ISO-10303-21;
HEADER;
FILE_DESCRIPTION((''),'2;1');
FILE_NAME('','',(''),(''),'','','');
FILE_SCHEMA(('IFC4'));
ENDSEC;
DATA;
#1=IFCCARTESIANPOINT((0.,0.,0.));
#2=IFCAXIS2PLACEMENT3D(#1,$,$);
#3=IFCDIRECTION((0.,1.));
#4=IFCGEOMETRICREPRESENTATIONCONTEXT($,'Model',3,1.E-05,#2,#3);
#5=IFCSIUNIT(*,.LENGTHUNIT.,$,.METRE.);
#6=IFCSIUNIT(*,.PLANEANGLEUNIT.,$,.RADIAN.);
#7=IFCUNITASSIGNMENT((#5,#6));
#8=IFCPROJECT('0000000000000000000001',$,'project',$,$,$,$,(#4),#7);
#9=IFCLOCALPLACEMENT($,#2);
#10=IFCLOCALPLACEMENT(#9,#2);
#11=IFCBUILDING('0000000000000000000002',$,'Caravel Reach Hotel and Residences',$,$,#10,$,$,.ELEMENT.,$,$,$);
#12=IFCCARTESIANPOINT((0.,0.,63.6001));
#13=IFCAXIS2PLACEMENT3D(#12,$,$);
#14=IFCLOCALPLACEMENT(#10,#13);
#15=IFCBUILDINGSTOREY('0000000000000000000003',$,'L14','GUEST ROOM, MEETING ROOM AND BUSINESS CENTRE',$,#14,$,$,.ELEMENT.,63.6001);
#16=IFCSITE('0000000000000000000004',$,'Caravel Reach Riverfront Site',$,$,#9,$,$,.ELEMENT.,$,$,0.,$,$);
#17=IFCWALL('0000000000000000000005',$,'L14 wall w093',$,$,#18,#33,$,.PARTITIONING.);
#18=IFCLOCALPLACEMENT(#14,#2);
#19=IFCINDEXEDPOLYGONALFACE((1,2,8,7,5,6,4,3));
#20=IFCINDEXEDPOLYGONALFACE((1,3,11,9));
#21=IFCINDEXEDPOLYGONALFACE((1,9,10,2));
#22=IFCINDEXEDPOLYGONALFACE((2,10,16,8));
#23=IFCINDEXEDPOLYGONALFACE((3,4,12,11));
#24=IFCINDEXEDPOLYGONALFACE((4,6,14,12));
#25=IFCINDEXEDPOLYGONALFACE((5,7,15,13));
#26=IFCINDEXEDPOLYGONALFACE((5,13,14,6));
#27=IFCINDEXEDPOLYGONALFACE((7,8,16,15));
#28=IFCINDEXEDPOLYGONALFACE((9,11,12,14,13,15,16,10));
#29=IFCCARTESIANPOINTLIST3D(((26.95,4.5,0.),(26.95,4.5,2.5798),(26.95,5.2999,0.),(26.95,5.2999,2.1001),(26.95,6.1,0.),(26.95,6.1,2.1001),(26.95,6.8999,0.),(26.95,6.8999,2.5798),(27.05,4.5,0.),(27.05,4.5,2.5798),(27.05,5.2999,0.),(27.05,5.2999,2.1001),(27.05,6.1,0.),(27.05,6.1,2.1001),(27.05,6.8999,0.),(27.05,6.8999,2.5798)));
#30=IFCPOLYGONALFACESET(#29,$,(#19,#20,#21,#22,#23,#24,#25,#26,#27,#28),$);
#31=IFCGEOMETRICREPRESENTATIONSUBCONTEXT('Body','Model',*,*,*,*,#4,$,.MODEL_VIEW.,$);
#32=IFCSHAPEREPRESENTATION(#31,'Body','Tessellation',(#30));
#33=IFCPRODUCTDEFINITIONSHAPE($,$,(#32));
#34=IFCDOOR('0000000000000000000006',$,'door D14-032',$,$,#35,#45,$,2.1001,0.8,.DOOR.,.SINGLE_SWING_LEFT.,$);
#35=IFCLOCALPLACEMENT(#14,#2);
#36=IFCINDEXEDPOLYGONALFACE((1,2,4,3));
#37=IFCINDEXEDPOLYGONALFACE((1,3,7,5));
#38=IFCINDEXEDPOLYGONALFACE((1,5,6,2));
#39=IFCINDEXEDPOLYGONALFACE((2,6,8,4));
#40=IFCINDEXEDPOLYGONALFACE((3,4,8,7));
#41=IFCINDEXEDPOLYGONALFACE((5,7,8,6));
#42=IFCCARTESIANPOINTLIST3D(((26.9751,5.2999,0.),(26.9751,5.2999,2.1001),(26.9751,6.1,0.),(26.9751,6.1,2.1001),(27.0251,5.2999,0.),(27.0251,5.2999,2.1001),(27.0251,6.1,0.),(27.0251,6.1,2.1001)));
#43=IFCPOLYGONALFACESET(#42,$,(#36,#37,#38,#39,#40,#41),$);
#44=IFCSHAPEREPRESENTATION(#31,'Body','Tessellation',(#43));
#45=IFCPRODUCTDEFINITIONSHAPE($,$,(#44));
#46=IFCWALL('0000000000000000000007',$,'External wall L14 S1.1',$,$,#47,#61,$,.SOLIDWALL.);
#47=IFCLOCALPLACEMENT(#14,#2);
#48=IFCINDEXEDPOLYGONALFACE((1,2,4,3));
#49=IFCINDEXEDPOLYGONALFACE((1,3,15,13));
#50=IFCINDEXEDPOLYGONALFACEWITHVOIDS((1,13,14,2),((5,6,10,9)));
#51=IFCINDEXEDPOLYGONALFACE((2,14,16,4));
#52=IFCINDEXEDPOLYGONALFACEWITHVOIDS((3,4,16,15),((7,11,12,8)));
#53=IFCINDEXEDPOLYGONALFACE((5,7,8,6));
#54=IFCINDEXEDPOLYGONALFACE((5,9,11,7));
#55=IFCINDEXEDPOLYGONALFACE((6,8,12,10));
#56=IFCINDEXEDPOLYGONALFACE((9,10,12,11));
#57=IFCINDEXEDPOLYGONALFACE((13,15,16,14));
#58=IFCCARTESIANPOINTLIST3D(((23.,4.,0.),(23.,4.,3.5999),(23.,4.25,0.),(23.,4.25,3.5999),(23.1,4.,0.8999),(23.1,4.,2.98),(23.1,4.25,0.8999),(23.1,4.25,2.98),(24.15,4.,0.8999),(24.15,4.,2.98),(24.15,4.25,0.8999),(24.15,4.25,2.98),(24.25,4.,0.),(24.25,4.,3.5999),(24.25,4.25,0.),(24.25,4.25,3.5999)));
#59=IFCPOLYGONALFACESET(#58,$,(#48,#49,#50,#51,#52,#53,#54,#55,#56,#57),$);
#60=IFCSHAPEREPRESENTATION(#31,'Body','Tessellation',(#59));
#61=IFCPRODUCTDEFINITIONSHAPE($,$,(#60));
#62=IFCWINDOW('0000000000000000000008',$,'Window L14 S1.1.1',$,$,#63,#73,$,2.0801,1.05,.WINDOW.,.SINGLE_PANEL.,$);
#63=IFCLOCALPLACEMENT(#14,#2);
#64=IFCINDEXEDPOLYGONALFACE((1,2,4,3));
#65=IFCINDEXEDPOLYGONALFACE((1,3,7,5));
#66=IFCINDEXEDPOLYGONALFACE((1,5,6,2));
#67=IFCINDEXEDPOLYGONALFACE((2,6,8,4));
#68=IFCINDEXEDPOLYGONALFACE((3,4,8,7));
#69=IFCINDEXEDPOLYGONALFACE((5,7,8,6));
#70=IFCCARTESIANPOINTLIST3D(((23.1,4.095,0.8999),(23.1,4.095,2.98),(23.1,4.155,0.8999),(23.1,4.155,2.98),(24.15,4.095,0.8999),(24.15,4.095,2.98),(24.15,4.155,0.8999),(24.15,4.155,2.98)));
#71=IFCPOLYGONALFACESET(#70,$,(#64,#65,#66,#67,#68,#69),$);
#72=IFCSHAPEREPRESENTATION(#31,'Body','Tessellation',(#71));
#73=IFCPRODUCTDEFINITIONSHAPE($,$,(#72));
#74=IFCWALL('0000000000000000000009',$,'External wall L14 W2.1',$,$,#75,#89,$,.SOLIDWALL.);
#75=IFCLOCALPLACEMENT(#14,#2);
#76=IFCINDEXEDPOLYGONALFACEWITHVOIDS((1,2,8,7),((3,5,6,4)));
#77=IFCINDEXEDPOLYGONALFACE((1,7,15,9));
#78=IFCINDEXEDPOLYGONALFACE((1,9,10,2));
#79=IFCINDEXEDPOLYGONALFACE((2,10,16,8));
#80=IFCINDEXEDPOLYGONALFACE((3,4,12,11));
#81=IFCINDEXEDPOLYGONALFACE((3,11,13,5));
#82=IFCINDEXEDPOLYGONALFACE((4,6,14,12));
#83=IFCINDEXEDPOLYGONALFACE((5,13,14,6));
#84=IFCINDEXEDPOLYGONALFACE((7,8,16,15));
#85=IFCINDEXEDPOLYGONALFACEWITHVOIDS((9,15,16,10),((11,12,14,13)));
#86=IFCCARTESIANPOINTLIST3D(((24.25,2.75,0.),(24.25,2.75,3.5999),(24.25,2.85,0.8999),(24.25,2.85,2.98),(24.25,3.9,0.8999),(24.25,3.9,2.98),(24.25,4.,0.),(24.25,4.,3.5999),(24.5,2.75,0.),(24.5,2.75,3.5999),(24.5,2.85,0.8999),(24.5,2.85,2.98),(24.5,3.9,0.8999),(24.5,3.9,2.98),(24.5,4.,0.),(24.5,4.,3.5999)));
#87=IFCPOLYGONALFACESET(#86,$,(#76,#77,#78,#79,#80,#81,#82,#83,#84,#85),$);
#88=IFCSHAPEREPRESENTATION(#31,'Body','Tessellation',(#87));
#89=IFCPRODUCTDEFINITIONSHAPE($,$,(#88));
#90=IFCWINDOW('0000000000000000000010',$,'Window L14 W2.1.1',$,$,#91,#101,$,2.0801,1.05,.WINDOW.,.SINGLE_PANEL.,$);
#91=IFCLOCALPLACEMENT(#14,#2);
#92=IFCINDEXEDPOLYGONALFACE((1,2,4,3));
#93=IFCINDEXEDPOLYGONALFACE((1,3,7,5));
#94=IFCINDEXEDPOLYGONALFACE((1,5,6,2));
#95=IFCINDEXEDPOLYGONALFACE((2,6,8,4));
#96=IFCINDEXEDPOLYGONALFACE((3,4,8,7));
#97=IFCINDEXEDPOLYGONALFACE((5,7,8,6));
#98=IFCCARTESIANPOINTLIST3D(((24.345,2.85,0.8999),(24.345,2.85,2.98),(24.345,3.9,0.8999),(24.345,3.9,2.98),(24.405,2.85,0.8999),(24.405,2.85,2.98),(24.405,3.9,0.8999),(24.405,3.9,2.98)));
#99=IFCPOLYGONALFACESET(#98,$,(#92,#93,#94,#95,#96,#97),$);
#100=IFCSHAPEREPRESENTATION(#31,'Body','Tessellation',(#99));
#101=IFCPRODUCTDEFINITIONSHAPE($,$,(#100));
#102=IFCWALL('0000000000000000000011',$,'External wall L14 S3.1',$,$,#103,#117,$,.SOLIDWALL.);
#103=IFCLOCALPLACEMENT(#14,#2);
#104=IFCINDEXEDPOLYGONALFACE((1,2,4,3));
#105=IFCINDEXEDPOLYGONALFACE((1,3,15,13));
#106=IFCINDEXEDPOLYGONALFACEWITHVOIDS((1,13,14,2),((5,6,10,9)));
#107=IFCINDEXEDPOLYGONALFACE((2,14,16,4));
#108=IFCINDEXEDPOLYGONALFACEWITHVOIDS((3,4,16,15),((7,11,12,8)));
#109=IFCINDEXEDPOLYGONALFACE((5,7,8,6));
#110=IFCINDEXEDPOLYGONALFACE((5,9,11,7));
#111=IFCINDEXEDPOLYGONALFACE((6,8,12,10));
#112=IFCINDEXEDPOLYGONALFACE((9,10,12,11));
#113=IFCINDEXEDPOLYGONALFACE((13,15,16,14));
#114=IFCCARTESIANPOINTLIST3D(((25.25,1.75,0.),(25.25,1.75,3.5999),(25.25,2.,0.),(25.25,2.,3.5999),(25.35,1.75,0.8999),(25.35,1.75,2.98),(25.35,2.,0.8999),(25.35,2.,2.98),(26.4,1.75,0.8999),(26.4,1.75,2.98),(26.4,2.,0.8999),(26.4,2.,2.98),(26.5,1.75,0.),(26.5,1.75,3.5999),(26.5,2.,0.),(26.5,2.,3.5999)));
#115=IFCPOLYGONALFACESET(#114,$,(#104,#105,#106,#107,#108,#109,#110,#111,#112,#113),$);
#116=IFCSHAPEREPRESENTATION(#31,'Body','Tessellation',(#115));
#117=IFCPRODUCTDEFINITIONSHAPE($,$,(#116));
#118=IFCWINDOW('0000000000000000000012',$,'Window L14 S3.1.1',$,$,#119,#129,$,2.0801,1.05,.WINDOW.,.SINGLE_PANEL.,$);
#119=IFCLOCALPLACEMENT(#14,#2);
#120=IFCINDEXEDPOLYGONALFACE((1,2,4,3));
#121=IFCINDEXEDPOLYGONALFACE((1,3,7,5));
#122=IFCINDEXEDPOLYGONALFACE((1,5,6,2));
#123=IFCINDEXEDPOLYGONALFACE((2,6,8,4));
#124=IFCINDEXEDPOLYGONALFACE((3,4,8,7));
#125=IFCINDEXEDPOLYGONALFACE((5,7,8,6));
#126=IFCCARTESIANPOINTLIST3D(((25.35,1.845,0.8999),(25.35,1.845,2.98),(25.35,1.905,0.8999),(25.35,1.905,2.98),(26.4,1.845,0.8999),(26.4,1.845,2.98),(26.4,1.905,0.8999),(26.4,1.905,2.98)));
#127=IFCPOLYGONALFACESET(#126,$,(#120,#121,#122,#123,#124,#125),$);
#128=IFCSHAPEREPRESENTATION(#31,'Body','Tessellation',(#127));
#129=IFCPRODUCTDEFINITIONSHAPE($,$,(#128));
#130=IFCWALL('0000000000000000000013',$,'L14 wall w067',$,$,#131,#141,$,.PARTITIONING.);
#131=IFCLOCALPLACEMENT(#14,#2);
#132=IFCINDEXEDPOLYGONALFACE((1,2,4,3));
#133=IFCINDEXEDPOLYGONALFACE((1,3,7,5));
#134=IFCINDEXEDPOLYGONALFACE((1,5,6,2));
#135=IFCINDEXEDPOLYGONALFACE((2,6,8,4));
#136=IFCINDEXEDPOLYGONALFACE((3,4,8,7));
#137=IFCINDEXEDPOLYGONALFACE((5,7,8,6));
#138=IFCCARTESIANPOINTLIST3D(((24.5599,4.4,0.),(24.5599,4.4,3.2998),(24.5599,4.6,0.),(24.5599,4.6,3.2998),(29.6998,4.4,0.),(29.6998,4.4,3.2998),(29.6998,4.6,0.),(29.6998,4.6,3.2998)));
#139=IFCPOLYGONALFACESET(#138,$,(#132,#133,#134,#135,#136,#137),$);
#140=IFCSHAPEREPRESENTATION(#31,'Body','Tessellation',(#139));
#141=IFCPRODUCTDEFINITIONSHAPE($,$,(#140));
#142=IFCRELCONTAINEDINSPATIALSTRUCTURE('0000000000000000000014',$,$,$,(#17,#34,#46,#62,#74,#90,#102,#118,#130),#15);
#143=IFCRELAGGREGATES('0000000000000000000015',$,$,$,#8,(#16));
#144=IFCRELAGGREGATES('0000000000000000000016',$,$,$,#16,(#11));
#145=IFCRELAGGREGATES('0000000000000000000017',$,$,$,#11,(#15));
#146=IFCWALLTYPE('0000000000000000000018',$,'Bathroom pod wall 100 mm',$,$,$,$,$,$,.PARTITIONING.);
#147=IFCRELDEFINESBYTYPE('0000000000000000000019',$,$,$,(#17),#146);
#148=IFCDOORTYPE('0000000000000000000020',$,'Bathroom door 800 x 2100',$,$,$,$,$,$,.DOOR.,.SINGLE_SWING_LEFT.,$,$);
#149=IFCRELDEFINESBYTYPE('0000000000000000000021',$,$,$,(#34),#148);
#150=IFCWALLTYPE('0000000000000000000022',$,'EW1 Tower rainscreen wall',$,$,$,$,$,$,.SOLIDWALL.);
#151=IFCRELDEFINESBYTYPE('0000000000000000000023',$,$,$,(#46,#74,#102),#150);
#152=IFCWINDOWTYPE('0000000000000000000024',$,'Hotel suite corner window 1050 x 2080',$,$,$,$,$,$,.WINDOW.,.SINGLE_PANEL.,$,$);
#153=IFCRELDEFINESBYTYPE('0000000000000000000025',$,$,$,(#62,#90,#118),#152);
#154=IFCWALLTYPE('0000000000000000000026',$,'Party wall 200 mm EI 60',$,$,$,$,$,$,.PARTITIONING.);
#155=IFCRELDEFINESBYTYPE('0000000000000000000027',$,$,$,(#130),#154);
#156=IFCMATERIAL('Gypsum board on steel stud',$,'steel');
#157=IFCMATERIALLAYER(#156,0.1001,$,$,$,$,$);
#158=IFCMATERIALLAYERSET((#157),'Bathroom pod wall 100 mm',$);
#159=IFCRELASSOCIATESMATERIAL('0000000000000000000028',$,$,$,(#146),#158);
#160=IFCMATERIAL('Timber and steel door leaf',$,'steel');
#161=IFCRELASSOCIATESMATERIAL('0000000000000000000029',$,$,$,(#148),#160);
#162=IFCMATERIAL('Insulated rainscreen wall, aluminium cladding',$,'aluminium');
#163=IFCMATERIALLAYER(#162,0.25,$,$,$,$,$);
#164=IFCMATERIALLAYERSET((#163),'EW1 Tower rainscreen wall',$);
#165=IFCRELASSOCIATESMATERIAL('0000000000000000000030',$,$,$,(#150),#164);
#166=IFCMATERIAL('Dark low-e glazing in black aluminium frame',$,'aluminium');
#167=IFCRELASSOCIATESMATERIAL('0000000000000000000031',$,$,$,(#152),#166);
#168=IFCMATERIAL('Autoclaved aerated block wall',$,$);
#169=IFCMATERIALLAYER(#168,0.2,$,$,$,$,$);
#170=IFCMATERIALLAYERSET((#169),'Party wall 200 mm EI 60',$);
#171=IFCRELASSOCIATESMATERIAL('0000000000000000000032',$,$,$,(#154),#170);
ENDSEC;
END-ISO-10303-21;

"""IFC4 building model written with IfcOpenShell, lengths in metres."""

from ifc_helpers import new_model, si_unit, direction, frame, frame_2d, origin, place, context, subcontext, project, spatial, rectangle, extrude, material, layer, layer_set, type_object, element, fill, save


model = new_model("IFC4")

# Units and contexts
model_context = context("Model", 3, precision=1e-05, world=origin(), true_north=direction((0.0, 1.0)))
body_context = subcontext(model_context, "Body", "Model", "MODEL_VIEW")
ifc_project = project(units=[si_unit("LENGTHUNIT", "METRE"), si_unit("PLANEANGLEUNIT", "RADIAN")], contexts=[model_context])

# Site, building, storey
site_placement = place(None, origin())
site = spatial("IfcSite", under=ifc_project, at=site_placement, Name="Caravel Reach Riverfront Site", CompositionType="ELEMENT", RefElevation=0.0)
building_placement = place(site_placement, origin())
building = spatial("IfcBuilding", under=site, at=building_placement, Name="Caravel Reach Hotel and Residences", CompositionType="ELEMENT")
storey_placement = place(building_placement, frame((0.0, 0.0, 63.6001)))
storey = spatial("IfcBuildingStorey", under=building, at=storey_placement, Name="L14", Description="GUEST ROOM, MEETING ROOM AND BUSINESS CENTRE", CompositionType="ELEMENT", Elevation=63.6001)

# Wall, opening, door
ifc_material_1 = material(Name="Gypsum board on steel stud", Category="steel")
ifc_layer_1 = layer(ifc_material_1, 0.1001)
ifc_layer_set_1 = layer_set([ifc_layer_1], Name="Bathroom pod wall 100 mm")
wall_type_1 = type_object("IfcWallType", Name="Bathroom pod wall 100 mm", PredefinedType="PARTITIONING", material=ifc_layer_set_1)
wall_1_placement = place(storey_placement, frame((27.0, 4.5, 0.0), z_axis=(0.0, 0.0, 1.0), x_axis=(0.0, 1.0, 0.0)))
wall_1 = element("IfcWall", 1, at=wall_1_placement, inside=storey, type_object=wall_type_1, Name="L14 wall w093", PredefinedType="PARTITIONING", context=body_context, shape_type="SweptSolid", body=[
    extrude(rectangle(XDim=2.3999, YDim=0.1001, at=frame_2d((1.2, 0.0))), origin(), (0.0, 0.0, 1.0), 2.5798),
])
opening_1_placement = place(wall_1_placement, frame((0.8, 0.0, 0.0)))
opening_1 = element("IfcOpeningElement", 2, at=opening_1_placement, cuts=wall_1, PredefinedType="OPENING", context=body_context, shape_type="SweptSolid", body=[
    extrude(rectangle(XDim=0.8, YDim=2.1001, at=frame_2d((0.3999, 1.05))), frame((0.0, 0.0601, 0.0), z_axis=(0.0, -1.0, 0.0), x_axis=(1.0, 0.0, 0.0)), (0.0, 0.0, 1.0), 0.1201),
])
ifc_material_2 = material(Name="Timber and steel door leaf", Category="steel")
door_type = type_object("IfcDoorType", Name="Bathroom door 800 x 2100", OperationType="SINGLE_SWING_LEFT", PredefinedType="DOOR", material=ifc_material_2)
door_placement = place(opening_1_placement, origin())
door = element("IfcDoor", 3, at=door_placement, inside=storey, type_object=door_type, Name="door D14-032", OperationType="SINGLE_SWING_LEFT", OverallHeight=2.1001, OverallWidth=0.8, PredefinedType="DOOR", context=body_context, shape_type="SweptSolid", body=[
    extrude(rectangle(XDim=0.8, YDim=2.1001, at=frame_2d((0.3999, 1.05))), frame((0.0, 0.0249, 0.0), z_axis=(0.0, -1.0, 0.0), x_axis=(1.0, 0.0, 0.0)), (0.0, 0.0, 1.0), 0.05),
])
fill(opening_1, door)

# Walls, openings, windows
ifc_material_3 = material(Name="Insulated rainscreen wall, aluminium cladding", Category="aluminium")
ifc_layer_2 = layer(ifc_material_3, 0.25)
ifc_layer_set_2 = layer_set([ifc_layer_2], Name="EW1 Tower rainscreen wall")
wall_type_2 = type_object("IfcWallType", Name="EW1 Tower rainscreen wall", PredefinedType="SOLIDWALL", material=ifc_layer_set_2)
wall_2_placement = place(storey_placement, frame((23.0, 4.125, 0.0), z_axis=(0.0, 0.0, 1.0), x_axis=(1.0, 0.0, 0.0)))
wall_2 = element("IfcWall", 4, at=wall_2_placement, inside=storey, type_object=wall_type_2, Name="External wall L14 S1.1", PredefinedType="SOLIDWALL", context=body_context, shape_type="SweptSolid", body=[
    extrude(rectangle(XDim=1.25, YDim=0.25, at=frame_2d((0.625, 0.0))), origin(), (0.0, 0.0, 1.0), 3.5999),
])
opening_2_placement = place(wall_2_placement, frame((0.1001, 0.0, 0.8999)))
opening_2 = element("IfcOpeningElement", 5, at=opening_2_placement, cuts=wall_2, PredefinedType="OPENING", context=body_context, shape_type="SweptSolid", body=[
    extrude(rectangle(XDim=1.05, YDim=2.0801, at=frame_2d((0.5249, 1.04))), frame((0.0, 0.135, 0.0), z_axis=(0.0, -1.0, 0.0), x_axis=(1.0, 0.0, 0.0)), (0.0, 0.0, 1.0), 0.27),
])
ifc_material_4 = material(Name="Dark low-e glazing in black aluminium frame", Category="aluminium")
window_type = type_object("IfcWindowType", Name="Hotel suite corner window 1050 x 2080", PartitioningType="SINGLE_PANEL", PredefinedType="WINDOW", material=ifc_material_4)
window_1_placement = place(opening_2_placement, origin())
window_1 = element("IfcWindow", 6, at=window_1_placement, inside=storey, type_object=window_type, Name="Window L14 S1.1.1", OverallHeight=2.0801, OverallWidth=1.05, PartitioningType="SINGLE_PANEL", PredefinedType="WINDOW", context=body_context, shape_type="SweptSolid", body=[
    extrude(rectangle(XDim=1.05, YDim=2.0801, at=frame_2d((0.5249, 1.04))), frame((0.0, 0.03, 0.0), z_axis=(0.0, -1.0, 0.0), x_axis=(1.0, 0.0, 0.0)), (0.0, 0.0, 1.0), 0.0601),
])
fill(opening_2, window_1)
wall_3_placement = place(storey_placement, frame((24.375, 4.0, 0.0), z_axis=(0.0, 0.0, 1.0), x_axis=(0.0, -1.0, 0.0)))
wall_3 = element("IfcWall", 7, at=wall_3_placement, inside=storey, type_object=wall_type_2, Name="External wall L14 W2.1", PredefinedType="SOLIDWALL", context=body_context, shape_type="SweptSolid", body=[
    extrude(rectangle(XDim=1.25, YDim=0.25, at=frame_2d((0.625, 0.0))), origin(), (0.0, 0.0, 1.0), 3.5999),
])
opening_3_placement = place(wall_3_placement, frame((0.1001, 0.0, 0.8999)))
opening_3 = element("IfcOpeningElement", 8, at=opening_3_placement, cuts=wall_3, PredefinedType="OPENING", context=body_context, shape_type="SweptSolid", body=[
    extrude(rectangle(XDim=1.05, YDim=2.0801, at=frame_2d((0.5249, 1.04))), frame((0.0, 0.135, 0.0), z_axis=(0.0, -1.0, 0.0), x_axis=(1.0, 0.0, 0.0)), (0.0, 0.0, 1.0), 0.27),
])
window_2_placement = place(opening_3_placement, origin())
window_2 = element("IfcWindow", 9, at=window_2_placement, inside=storey, type_object=window_type, Name="Window L14 W2.1.1", OverallHeight=2.0801, OverallWidth=1.05, PartitioningType="SINGLE_PANEL", PredefinedType="WINDOW", context=body_context, shape_type="SweptSolid", body=[
    extrude(rectangle(XDim=1.05, YDim=2.0801, at=frame_2d((0.5249, 1.04))), frame((0.0, 0.03, 0.0), z_axis=(0.0, -1.0, 0.0), x_axis=(1.0, 0.0, 0.0)), (0.0, 0.0, 1.0), 0.0601),
])
fill(opening_3, window_2)
wall_4_placement = place(storey_placement, frame((25.25, 1.875, 0.0), z_axis=(0.0, 0.0, 1.0), x_axis=(1.0, 0.0, 0.0)))
wall_4 = element("IfcWall", 10, at=wall_4_placement, inside=storey, type_object=wall_type_2, Name="External wall L14 S3.1", PredefinedType="SOLIDWALL", context=body_context, shape_type="SweptSolid", body=[
    extrude(rectangle(XDim=1.25, YDim=0.25, at=frame_2d((0.625, 0.0))), origin(), (0.0, 0.0, 1.0), 3.5999),
])
opening_4_placement = place(wall_4_placement, frame((0.1001, 0.0, 0.8999)))
opening_4 = element("IfcOpeningElement", 11, at=opening_4_placement, cuts=wall_4, PredefinedType="OPENING", context=body_context, shape_type="SweptSolid", body=[
    extrude(rectangle(XDim=1.05, YDim=2.0801, at=frame_2d((0.5249, 1.04))), frame((0.0, 0.135, 0.0), z_axis=(0.0, -1.0, 0.0), x_axis=(1.0, 0.0, 0.0)), (0.0, 0.0, 1.0), 0.27),
])
window_3_placement = place(opening_4_placement, origin())
window_3 = element("IfcWindow", 12, at=window_3_placement, inside=storey, type_object=window_type, Name="Window L14 S3.1.1", OverallHeight=2.0801, OverallWidth=1.05, PartitioningType="SINGLE_PANEL", PredefinedType="WINDOW", context=body_context, shape_type="SweptSolid", body=[
    extrude(rectangle(XDim=1.05, YDim=2.0801, at=frame_2d((0.5249, 1.04))), frame((0.0, 0.03, 0.0), z_axis=(0.0, -1.0, 0.0), x_axis=(1.0, 0.0, 0.0)), (0.0, 0.0, 1.0), 0.0601),
])
fill(opening_4, window_3)

# Wall
ifc_material_5 = material(Name="Autoclaved aerated block wall")
ifc_layer_3 = layer(ifc_material_5, 0.2)
ifc_layer_set_3 = layer_set([ifc_layer_3], Name="Party wall 200 mm EI 60")
wall_type_3 = type_object("IfcWallType", Name="Party wall 200 mm EI 60", PredefinedType="PARTITIONING", material=ifc_layer_set_3)
wall_5_placement = place(storey_placement, frame((24.5601, 4.5, 0.0), z_axis=(0.0, 0.0, 1.0), x_axis=(1.0, 0.0, 0.0)))
element("IfcWall", 13, at=wall_5_placement, inside=storey, type_object=wall_type_3, Name="L14 wall w067", PredefinedType="PARTITIONING", context=body_context, shape_type="SweptSolid", body=[
    extrude(rectangle(XDim=5.1399, YDim=0.2, at=frame_2d((2.5698, 0.0))), origin(), (0.0, 0.0, 1.0), 3.2998),
])

save(model, "model.ifc")
